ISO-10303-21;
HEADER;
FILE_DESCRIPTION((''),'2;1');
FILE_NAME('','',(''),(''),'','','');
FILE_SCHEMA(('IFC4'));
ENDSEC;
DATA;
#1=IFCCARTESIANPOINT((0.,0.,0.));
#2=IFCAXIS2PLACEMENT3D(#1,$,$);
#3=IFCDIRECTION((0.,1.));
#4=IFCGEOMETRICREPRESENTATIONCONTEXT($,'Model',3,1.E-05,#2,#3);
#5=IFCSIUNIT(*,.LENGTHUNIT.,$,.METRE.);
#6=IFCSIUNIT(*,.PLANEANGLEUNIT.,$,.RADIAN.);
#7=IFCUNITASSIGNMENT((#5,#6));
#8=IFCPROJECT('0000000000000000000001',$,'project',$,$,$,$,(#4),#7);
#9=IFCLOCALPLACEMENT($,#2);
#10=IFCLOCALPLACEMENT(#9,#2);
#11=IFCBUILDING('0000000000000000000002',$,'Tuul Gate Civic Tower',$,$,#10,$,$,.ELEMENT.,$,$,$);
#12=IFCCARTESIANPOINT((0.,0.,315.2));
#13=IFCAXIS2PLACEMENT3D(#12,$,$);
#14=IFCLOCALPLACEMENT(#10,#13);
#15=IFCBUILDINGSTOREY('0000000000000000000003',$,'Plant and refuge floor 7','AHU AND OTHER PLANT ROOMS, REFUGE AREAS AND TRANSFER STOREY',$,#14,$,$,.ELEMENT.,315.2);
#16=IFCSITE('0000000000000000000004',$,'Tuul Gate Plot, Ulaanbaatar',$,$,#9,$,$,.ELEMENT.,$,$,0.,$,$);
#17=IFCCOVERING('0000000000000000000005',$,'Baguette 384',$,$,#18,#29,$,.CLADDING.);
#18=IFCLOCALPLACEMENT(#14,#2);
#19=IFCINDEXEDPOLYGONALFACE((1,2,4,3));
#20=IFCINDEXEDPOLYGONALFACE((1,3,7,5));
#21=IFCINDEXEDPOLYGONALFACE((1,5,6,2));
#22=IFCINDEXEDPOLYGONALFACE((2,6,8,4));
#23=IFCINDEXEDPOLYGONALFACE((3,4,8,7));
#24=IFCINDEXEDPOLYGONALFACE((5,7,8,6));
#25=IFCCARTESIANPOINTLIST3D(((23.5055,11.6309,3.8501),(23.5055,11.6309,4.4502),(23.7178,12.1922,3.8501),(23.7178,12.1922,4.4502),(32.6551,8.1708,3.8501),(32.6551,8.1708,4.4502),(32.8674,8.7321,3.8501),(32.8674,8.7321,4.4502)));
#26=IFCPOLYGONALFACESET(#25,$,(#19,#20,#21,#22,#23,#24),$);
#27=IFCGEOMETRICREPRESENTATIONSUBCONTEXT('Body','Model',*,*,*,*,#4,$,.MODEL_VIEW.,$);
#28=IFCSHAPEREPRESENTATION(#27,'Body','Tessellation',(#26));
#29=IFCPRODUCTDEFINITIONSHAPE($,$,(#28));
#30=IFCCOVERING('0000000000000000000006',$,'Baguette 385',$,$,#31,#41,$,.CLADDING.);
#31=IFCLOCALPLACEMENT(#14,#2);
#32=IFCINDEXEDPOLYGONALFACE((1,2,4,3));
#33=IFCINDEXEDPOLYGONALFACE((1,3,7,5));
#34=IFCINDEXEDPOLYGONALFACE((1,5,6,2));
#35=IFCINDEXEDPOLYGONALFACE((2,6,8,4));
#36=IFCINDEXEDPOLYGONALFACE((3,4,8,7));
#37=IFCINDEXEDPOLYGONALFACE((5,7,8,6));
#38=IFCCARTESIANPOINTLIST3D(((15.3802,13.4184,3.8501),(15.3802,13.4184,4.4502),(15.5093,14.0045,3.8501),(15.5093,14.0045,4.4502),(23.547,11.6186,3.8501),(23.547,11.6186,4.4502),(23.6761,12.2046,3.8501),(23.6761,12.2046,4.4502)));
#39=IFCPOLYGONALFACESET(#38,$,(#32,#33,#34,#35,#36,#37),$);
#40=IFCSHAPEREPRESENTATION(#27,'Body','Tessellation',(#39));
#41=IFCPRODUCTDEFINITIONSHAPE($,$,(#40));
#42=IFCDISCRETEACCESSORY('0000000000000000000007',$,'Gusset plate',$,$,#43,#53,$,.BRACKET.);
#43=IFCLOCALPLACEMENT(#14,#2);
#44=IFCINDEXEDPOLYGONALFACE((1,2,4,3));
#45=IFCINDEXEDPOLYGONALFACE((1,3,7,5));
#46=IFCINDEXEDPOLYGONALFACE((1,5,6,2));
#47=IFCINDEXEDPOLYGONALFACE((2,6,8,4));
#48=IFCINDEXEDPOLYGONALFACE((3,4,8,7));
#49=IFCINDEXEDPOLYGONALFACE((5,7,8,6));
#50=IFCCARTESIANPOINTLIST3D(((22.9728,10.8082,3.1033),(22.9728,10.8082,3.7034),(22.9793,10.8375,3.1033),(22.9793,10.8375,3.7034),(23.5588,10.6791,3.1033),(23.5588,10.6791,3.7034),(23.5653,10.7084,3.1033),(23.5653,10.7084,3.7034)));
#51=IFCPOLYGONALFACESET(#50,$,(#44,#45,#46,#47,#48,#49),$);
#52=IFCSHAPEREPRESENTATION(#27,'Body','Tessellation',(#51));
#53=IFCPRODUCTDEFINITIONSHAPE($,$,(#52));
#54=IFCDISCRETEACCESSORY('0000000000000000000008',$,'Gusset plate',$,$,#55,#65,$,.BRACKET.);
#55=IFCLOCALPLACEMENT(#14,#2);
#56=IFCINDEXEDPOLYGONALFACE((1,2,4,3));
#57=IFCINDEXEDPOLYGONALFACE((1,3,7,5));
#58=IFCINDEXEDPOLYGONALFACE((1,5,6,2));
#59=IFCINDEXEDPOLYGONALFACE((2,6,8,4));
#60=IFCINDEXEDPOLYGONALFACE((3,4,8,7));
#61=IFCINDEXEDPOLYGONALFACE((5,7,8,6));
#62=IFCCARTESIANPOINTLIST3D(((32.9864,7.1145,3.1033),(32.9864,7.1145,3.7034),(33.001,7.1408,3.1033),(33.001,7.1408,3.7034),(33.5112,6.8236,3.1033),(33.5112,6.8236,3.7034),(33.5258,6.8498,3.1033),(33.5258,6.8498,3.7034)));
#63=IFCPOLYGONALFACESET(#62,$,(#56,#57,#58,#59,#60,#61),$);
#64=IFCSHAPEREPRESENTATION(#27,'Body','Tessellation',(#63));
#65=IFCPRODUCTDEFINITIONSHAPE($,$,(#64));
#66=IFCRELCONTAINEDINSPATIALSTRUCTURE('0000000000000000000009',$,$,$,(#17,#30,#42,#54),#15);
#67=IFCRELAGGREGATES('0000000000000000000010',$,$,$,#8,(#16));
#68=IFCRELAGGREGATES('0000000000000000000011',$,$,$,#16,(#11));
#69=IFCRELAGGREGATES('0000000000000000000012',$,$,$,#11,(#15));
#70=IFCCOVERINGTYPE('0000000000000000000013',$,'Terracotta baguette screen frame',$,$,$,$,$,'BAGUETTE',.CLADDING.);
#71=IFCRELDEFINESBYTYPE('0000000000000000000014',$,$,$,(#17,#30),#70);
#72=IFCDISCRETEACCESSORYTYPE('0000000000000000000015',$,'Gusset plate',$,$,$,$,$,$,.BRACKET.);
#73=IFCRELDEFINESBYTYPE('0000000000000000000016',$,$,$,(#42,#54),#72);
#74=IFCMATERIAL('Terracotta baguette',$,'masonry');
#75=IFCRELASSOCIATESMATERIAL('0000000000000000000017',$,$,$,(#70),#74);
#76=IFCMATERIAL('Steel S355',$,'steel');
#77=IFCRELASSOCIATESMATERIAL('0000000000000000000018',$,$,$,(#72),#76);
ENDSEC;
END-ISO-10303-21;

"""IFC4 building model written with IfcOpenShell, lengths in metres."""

from ifc_helpers import new_model, si_unit, direction, frame, origin, origin_2d, place, context, subcontext, project, spatial, rectangle, extrude, material, material_profile, profile_set, type_object, element, save


model = new_model("IFC4")

# Units and contexts
model_context = context("Model", 3, precision=1e-05, world=origin(), true_north=direction((0.0, 1.0)))
body_context = subcontext(model_context, "Body", "Model", "MODEL_VIEW")
ifc_project = project(units=[si_unit("LENGTHUNIT", "METRE"), si_unit("PLANEANGLEUNIT", "RADIAN")], contexts=[model_context])

# Site, building, storey
site_placement = place(None, origin())
site = spatial("IfcSite", under=ifc_project, at=site_placement, Name="Tuul Gate Plot, Ulaanbaatar", CompositionType="ELEMENT", RefElevation=0.0)
building_placement = place(site_placement, origin())
building = spatial("IfcBuilding", under=site, at=building_placement, Name="Tuul Gate Civic Tower", CompositionType="ELEMENT")
storey_placement = place(building_placement, frame((0.0, 0.0, 315.2)))
storey = spatial("IfcBuildingStorey", under=building, at=storey_placement, Name="Plant and refuge floor 7", Description="AHU AND OTHER PLANT ROOMS, REFUGE AREAS AND TRANSFER STOREY", CompositionType="ELEMENT", Elevation=315.2)

# Coverings
ifc_material_1 = material(Name="Terracotta baguette", Category="masonry")
ifc_material_profile_1 = material_profile(ifc_material_1, rectangle(XDim=0.6001, YDim=0.6001, at=origin_2d()), Name="Terracotta baguette screen frame")
ifc_profile_set_1 = profile_set([ifc_material_profile_1], Name="Terracotta baguette")
covering_type = type_object("IfcCoveringType", Name="Terracotta baguette screen frame", ElementType="BAGUETTE", PredefinedType="CLADDING", material=ifc_profile_set_1)
covering_1_placement = place(storey_placement, frame((32.7612, 8.4514, 4.1501), z_axis=(-0.935348, 0.353729, 0.0), x_axis=(-0.353729, -0.935348, 0.0)))
element("IfcCovering", 1, at=covering_1_placement, inside=storey, type_object=covering_type, Name="Baguette 384", PredefinedType="CLADDING", context=body_context, shape_type="SweptSolid", body=[
    extrude(rectangle(XDim=0.6001, YDim=0.6001, at=origin_2d()), origin(), (0.0, 0.0, 1.0), 9.782),
])
covering_2_placement = place(storey_placement, frame((23.6116, 11.9116, 4.1501), z_axis=(-0.976566, 0.215218, 0.0), x_axis=(-0.215218, -0.976566, 0.0)))
element("IfcCovering", 2, at=covering_2_placement, inside=storey, type_object=covering_type, Name="Baguette 385", PredefinedType="CLADDING", context=body_context, shape_type="SweptSolid", body=[
    extrude(rectangle(XDim=0.6001, YDim=0.6001, at=origin_2d()), origin(), (0.0, 0.0, 1.0), 8.3628),
])

# Discrete accessories
ifc_material_2 = material(Name="Steel S355", Category="steel")
discrete_accessory_type = type_object("IfcDiscreteAccessoryType", Name="Gusset plate", PredefinedType="BRACKET", material=ifc_material_2)
for number, where, z_axis, x_axis, name in (
    (3, (23.269, 10.7583, 3.1033), (0.0, 0.0, 1.0), (-0.976569, 0.215205, 0.0), "Gusset plate"),
    (4, (33.2561, 6.9822, 3.1033), (0.0, 0.0, 1.0), (0.874585, -0.484871, 0.0), "Gusset plate"),
):
    element("IfcDiscreteAccessory", number, at=place(storey_placement, frame(where, z_axis=z_axis, x_axis=x_axis)), inside=storey, type_object=discrete_accessory_type, Name=name, PredefinedType="BRACKET", context=body_context, shape_type="SweptSolid", body=[
        extrude(rectangle(XDim=0.6001, YDim=0.03, at=origin_2d()), origin(), (0.0, 0.0, 1.0), 0.6001),
    ])

save(model, "model.ifc")
